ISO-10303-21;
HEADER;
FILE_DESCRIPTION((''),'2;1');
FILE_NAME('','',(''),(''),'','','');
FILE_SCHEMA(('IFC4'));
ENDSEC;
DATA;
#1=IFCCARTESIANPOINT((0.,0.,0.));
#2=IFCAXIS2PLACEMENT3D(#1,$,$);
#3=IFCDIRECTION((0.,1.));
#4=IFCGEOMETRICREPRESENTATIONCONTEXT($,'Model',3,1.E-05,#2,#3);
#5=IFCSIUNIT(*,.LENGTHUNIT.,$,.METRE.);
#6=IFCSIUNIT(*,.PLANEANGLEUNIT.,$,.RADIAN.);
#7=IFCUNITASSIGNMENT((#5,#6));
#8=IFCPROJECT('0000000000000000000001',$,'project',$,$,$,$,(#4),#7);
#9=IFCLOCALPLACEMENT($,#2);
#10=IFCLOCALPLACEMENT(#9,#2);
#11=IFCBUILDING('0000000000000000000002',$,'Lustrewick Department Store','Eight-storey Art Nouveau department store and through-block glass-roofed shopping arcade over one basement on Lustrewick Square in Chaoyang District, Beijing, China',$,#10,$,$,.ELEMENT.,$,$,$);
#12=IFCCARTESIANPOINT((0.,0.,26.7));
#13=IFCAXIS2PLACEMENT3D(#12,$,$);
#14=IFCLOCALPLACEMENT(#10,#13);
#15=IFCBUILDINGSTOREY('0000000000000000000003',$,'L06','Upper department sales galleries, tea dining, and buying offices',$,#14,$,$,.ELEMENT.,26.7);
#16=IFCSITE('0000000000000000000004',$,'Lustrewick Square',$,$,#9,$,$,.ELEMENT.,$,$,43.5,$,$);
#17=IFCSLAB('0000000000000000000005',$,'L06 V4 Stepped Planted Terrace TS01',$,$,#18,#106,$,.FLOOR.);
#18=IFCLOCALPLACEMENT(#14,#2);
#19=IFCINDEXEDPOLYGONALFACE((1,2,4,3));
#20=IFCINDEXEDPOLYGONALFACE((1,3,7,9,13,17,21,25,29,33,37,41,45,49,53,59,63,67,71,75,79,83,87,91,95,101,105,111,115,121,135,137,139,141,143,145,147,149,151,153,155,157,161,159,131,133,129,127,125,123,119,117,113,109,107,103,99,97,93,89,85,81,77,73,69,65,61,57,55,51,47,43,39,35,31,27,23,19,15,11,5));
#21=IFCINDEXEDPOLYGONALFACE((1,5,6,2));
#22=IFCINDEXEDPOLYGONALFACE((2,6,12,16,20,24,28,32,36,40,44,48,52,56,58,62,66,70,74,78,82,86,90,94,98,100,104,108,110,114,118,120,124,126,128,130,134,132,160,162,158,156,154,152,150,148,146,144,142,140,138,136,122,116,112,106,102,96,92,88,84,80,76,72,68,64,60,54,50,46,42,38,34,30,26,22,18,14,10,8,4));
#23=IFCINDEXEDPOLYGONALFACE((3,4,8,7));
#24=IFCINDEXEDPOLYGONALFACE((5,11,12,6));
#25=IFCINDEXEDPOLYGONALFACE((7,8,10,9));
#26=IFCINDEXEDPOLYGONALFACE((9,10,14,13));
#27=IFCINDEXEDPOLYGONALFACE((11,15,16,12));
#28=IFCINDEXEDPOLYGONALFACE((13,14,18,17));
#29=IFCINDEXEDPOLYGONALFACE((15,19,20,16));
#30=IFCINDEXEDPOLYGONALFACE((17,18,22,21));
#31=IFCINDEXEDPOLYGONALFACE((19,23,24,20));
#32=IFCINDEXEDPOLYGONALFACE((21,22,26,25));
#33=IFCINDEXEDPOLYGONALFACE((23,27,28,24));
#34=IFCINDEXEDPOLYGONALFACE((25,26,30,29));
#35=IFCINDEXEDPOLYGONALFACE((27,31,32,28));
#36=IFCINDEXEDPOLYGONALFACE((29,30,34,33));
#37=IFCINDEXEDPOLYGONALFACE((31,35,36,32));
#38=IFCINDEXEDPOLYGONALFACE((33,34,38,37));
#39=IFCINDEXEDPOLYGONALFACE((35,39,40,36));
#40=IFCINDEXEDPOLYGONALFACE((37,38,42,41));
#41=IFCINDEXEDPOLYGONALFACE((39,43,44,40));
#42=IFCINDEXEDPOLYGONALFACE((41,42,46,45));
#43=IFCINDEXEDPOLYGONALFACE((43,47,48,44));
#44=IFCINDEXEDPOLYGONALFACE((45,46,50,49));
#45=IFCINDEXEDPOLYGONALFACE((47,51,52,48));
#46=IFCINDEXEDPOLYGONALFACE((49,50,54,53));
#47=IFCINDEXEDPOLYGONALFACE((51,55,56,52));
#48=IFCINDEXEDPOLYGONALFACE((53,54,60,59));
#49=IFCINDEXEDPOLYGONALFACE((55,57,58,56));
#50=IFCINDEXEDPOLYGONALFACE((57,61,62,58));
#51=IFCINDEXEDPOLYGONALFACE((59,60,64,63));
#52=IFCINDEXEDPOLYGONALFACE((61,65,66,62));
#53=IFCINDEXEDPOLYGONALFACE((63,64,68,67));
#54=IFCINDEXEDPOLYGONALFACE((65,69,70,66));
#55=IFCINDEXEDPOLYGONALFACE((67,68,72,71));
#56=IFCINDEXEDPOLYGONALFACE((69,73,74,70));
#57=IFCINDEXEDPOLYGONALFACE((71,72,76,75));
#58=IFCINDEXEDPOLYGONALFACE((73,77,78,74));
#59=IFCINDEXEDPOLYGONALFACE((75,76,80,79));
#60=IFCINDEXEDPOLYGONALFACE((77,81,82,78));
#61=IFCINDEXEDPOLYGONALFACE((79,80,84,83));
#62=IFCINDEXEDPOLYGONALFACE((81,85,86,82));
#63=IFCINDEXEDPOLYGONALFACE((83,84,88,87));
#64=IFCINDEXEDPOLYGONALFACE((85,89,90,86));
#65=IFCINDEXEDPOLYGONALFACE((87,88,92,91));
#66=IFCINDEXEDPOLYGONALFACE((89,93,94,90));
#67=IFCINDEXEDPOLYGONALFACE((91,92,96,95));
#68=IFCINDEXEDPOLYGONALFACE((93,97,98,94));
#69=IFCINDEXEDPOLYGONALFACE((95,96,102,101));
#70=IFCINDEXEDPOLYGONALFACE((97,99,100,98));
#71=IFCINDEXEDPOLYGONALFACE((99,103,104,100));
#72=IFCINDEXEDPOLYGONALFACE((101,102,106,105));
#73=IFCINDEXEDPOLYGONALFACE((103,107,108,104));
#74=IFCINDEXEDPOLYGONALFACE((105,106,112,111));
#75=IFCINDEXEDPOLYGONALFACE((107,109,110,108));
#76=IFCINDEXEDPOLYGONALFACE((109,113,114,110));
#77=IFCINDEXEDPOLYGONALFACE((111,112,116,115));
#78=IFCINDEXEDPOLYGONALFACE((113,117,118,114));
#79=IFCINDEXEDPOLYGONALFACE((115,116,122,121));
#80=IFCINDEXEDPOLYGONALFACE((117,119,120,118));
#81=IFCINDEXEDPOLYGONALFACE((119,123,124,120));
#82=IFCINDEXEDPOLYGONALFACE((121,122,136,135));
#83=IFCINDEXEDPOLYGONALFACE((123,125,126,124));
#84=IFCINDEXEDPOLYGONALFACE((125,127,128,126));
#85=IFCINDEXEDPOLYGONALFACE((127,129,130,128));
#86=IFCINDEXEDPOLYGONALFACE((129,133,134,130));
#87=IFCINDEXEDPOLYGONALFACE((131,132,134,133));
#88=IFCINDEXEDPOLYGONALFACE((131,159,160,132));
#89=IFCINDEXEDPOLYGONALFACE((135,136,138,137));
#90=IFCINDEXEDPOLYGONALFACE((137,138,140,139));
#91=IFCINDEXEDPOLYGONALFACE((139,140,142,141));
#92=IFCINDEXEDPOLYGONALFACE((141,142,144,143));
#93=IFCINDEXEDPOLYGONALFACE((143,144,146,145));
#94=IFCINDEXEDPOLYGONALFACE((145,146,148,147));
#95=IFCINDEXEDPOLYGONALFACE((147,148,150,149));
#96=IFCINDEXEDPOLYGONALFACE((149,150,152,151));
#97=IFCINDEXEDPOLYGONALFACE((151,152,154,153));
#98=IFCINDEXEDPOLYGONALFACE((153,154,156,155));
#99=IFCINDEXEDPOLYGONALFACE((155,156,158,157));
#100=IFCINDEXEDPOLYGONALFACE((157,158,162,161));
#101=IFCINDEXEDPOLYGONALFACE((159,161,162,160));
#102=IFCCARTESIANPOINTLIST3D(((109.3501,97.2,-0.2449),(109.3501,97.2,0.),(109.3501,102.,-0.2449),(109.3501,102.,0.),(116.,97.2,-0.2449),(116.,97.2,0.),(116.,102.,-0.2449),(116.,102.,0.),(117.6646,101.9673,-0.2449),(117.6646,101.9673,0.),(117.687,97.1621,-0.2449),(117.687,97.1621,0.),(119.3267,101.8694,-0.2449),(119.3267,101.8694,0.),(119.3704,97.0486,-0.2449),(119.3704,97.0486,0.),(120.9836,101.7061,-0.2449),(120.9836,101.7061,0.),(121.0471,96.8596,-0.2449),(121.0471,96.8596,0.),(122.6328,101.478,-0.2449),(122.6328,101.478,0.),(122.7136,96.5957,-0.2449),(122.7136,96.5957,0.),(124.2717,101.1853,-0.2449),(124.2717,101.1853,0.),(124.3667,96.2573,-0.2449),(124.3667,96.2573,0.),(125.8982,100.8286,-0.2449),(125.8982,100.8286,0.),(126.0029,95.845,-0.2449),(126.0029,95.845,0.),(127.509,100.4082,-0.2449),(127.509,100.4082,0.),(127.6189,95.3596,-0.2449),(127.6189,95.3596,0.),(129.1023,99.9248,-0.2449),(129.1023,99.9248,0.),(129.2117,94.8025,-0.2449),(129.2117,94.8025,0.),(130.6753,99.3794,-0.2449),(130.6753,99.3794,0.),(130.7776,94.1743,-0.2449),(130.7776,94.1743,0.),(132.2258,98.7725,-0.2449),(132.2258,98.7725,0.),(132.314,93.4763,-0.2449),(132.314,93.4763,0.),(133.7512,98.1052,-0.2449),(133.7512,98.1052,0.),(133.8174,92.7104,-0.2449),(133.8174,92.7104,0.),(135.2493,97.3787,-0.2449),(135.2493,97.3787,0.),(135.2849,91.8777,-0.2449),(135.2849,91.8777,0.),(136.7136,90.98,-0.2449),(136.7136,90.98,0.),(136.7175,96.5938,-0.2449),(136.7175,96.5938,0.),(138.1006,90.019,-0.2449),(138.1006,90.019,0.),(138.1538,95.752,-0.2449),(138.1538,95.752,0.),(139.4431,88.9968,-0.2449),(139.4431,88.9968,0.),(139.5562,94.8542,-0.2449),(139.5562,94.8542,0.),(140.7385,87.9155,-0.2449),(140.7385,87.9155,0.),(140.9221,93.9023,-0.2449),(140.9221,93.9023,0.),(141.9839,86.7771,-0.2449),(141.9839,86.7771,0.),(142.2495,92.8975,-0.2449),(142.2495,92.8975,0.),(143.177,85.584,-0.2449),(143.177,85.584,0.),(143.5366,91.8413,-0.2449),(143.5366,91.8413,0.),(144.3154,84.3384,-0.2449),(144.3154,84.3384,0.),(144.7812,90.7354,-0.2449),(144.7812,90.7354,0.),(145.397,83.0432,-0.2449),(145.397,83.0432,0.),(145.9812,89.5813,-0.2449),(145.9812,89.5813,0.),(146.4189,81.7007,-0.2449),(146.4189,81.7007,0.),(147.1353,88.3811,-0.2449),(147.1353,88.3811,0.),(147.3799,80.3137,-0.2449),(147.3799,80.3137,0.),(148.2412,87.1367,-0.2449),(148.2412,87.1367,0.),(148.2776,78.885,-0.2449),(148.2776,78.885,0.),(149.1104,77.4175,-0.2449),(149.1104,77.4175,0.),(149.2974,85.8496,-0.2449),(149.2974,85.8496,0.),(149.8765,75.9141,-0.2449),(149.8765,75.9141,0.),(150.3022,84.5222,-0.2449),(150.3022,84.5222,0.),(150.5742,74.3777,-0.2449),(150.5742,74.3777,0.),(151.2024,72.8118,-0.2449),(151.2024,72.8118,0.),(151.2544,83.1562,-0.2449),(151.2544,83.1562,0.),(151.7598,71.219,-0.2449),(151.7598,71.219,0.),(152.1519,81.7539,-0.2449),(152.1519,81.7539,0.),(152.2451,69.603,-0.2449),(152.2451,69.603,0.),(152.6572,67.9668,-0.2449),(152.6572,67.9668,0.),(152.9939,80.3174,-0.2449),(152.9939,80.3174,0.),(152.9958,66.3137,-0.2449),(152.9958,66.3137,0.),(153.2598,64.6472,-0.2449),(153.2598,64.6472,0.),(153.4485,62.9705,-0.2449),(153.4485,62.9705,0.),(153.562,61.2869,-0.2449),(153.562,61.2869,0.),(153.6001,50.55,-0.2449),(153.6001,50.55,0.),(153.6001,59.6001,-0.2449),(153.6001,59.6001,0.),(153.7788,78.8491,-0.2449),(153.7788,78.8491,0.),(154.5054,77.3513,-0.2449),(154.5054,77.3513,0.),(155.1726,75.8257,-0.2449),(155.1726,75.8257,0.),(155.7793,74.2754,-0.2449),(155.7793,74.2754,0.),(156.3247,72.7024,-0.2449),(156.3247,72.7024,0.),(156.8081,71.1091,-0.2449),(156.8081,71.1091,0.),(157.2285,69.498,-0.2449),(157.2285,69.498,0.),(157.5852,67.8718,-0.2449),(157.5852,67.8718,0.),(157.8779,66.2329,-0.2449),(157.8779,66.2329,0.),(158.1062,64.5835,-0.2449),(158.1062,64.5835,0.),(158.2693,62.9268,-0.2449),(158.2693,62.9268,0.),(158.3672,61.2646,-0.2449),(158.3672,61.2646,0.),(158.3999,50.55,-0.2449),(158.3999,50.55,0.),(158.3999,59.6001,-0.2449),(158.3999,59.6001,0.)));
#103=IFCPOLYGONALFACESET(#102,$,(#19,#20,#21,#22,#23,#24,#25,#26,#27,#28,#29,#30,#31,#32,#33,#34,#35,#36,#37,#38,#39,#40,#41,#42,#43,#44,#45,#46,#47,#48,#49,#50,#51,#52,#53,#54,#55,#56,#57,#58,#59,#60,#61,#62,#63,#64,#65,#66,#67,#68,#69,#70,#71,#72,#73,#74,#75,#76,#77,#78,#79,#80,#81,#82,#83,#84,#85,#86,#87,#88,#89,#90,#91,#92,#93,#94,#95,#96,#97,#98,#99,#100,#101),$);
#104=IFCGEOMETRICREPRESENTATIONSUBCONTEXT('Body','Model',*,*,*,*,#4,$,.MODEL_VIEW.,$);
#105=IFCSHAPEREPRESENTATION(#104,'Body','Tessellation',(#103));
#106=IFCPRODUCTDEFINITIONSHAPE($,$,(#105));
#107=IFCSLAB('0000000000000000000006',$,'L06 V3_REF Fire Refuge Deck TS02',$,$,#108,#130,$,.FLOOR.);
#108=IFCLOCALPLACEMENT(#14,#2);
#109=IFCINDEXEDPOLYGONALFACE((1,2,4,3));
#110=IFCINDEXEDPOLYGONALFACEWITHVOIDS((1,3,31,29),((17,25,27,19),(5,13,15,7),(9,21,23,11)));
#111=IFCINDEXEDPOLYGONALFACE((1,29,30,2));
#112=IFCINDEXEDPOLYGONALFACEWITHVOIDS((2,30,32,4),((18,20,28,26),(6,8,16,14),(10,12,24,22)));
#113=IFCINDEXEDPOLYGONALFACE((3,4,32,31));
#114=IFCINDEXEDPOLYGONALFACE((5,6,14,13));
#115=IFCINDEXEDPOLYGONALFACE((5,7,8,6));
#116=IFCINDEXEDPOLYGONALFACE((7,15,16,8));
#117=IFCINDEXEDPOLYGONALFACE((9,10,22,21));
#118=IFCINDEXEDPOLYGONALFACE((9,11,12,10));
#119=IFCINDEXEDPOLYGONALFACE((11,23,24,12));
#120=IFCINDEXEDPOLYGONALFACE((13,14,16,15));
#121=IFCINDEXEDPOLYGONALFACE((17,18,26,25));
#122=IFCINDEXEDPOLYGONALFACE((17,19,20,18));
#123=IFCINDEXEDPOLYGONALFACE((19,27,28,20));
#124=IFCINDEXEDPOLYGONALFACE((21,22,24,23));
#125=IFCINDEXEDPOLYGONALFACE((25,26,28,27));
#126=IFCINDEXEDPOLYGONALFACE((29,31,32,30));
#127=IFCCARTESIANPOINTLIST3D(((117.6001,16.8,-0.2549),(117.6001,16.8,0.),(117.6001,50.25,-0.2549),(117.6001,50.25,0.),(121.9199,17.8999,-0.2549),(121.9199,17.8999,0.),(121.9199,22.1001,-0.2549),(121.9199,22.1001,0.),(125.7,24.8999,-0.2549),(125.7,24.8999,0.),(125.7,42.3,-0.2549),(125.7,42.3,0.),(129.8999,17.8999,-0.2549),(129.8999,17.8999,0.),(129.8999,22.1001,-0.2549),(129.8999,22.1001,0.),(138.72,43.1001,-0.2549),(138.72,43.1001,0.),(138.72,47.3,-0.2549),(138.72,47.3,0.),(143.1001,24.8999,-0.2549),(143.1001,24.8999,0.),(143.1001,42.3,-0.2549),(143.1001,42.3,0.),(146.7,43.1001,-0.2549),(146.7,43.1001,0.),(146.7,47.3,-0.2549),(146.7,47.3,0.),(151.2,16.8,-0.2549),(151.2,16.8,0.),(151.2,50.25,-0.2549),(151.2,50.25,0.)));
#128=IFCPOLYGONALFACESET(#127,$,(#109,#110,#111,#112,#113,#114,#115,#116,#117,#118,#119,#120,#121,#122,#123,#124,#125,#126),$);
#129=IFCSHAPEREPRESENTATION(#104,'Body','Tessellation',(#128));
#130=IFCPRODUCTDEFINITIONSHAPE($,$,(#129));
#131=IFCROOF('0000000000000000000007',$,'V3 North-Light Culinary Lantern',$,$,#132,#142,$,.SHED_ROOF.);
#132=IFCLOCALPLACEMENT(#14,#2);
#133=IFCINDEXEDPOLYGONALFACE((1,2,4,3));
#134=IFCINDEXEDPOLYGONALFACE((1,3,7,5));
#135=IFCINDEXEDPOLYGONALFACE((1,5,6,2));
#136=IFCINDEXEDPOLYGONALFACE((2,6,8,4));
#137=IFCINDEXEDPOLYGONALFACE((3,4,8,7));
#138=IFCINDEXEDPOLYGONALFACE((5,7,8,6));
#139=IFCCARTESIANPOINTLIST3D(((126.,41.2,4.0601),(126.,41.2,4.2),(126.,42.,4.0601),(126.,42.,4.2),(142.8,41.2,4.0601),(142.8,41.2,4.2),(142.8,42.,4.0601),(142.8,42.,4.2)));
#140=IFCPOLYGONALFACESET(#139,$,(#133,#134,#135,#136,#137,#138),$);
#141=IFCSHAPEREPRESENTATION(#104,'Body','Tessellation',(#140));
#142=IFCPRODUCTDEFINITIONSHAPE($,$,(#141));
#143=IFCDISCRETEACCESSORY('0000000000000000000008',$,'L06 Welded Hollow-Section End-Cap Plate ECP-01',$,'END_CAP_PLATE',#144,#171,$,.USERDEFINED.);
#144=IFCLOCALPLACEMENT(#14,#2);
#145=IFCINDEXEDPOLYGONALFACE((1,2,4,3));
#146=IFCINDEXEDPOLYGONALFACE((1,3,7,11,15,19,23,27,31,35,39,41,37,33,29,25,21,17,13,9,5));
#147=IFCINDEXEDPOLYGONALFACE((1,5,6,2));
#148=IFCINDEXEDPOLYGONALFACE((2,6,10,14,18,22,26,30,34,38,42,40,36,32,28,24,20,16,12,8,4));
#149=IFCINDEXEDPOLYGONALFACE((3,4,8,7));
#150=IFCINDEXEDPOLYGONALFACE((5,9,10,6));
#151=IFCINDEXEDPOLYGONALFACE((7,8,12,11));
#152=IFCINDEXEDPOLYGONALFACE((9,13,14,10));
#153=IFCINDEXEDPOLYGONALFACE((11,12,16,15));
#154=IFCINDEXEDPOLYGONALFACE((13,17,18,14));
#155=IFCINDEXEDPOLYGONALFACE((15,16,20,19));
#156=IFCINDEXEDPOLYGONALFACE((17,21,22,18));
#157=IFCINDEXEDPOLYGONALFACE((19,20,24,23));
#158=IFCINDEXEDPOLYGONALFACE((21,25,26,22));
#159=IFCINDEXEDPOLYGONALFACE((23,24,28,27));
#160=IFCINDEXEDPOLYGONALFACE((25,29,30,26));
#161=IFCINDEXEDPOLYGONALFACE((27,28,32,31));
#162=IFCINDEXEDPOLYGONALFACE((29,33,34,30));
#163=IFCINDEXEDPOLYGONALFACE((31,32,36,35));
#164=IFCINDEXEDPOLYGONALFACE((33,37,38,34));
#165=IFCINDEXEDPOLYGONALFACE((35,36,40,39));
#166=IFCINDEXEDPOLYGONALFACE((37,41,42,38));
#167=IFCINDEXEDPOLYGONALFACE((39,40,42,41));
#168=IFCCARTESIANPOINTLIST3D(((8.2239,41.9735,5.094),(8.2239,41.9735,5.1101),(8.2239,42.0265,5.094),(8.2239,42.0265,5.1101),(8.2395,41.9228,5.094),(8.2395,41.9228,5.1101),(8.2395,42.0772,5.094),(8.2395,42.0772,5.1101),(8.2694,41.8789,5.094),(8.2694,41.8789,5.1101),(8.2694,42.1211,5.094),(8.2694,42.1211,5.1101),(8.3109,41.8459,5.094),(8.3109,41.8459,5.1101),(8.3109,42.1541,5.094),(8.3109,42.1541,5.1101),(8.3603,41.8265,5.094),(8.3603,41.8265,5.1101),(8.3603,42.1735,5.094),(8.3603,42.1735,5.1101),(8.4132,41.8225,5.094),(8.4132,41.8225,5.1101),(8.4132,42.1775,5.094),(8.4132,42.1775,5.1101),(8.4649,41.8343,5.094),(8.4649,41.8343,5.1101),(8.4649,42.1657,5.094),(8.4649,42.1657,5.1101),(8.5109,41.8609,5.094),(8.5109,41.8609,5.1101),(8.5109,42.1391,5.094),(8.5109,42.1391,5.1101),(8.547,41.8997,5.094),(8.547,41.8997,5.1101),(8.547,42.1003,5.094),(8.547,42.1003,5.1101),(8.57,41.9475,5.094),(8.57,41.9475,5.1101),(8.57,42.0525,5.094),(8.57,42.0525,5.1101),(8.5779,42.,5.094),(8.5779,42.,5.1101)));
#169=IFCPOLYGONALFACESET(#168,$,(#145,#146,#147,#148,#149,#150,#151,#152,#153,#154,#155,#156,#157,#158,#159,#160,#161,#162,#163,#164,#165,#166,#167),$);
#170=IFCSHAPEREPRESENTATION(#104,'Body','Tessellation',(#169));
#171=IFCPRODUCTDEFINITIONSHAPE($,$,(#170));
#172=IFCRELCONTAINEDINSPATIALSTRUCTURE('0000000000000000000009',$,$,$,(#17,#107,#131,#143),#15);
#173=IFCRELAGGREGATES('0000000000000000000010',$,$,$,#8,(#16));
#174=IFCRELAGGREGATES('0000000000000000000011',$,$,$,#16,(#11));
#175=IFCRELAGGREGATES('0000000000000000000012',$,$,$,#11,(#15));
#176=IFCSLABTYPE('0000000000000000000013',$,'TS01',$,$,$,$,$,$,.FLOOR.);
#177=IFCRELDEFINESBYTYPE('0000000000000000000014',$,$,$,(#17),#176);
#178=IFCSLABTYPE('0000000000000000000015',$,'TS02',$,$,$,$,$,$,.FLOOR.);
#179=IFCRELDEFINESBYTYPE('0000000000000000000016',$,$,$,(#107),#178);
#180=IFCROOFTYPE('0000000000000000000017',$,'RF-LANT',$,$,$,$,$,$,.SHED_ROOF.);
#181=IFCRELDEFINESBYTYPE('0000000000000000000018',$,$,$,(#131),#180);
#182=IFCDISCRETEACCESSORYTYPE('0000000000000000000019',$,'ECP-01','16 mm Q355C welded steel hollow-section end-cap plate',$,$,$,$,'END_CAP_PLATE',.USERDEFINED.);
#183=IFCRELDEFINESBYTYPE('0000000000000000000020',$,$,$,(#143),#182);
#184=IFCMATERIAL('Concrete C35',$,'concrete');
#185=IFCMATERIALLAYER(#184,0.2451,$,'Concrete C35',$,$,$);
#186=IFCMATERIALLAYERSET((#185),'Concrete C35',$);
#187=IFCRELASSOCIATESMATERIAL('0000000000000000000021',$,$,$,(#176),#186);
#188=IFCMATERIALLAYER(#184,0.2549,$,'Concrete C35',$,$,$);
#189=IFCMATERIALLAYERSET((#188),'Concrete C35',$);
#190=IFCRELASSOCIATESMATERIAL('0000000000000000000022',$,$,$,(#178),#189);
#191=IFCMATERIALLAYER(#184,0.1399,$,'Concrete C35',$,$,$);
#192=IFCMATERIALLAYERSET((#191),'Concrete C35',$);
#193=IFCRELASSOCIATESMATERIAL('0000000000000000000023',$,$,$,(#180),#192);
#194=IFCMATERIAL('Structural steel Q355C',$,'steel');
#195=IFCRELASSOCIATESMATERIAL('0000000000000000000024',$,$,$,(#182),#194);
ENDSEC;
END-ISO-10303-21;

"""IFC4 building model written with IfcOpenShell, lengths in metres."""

from ifc_helpers import new_model, si_unit, direction, frame, origin, origin_2d, place, context, subcontext, project, spatial, polyline, circle, outline, extrude, material, layer, layer_set, type_object, element, save


model = new_model("IFC4")

# Units and contexts
model_context = context("Model", 3, precision=1e-05, world=origin(), true_north=direction((0.0, 1.0)))
body_context = subcontext(model_context, "Body", "Model", "MODEL_VIEW")
ifc_project = project(units=[si_unit("LENGTHUNIT", "METRE"), si_unit("PLANEANGLEUNIT", "RADIAN")], contexts=[model_context])

# Site, building, storey
site_placement = place(None, origin())
site = spatial("IfcSite", under=ifc_project, at=site_placement, Name="Lustrewick Square", CompositionType="ELEMENT", RefElevation=43.5)
building_placement = place(site_placement, origin())
building = spatial("IfcBuilding", under=site, at=building_placement, Name="Lustrewick Department Store", Description="Eight-storey Art Nouveau department store and through-block glass-roofed shopping arcade over one basement on Lustrewick Square in Chaoyang District, Beijing, China", CompositionType="ELEMENT")
storey_placement = place(building_placement, frame((0.0, 0.0, 26.7)))
storey = spatial("IfcBuildingStorey", under=building, at=storey_placement, Name="L06", Description="Upper department sales galleries, tea dining, and buying offices", CompositionType="ELEMENT", Elevation=26.7)

# Slabs
ifc_material_1 = material(Name="Concrete C35", Category="concrete")
ifc_layer_1 = layer(ifc_material_1, 0.2451, Name="Concrete C35")
ifc_layer_set_1 = layer_set([ifc_layer_1], Name="Concrete C35")
slab_type_1 = type_object("IfcSlabType", Name="TS01", PredefinedType="FLOOR", material=ifc_layer_set_1)
slab_1_placement = place(storey_placement, frame((0.0, 0.0, -0.2449)))
element("IfcSlab", 1, at=slab_1_placement, inside=storey, type_object=slab_type_1, Name="L06 V4 Stepped Planted Terrace TS01", PredefinedType="FLOOR", context=body_context, shape_type="SweptSolid", body=[
    extrude(outline(polyline([(109.3501, 102.0), (109.3501, 97.2), (116.0, 97.2), (117.687, 97.1621), (119.3704, 97.0486), (121.0471, 96.8596), (122.7136, 96.5957), (124.3667, 96.2573), (126.0029, 95.845), (127.6189, 95.3596), (129.2117, 94.8025), (130.7776, 94.1743), (132.314, 93.4763), (133.8174, 92.7104), (135.2849, 91.8777), (136.7136, 90.98), (138.1006, 90.019), (139.4431, 88.9968), (140.7385, 87.9155), (141.9839, 86.7771), (143.177, 85.584), (144.3154, 84.3384), (145.397, 83.0432), (146.4189, 81.7007), (147.3799, 80.3137), (148.2776, 78.885), (149.1104, 77.4175), (149.8765, 75.9141), (150.5742, 74.3777), (151.2024, 72.8118), (151.7598, 71.219), (152.2451, 69.603), (152.6572, 67.9668), (152.9958, 66.3137), (153.2598, 64.6472), (153.4485, 62.9705), (153.562, 61.2869), (153.6001, 59.6001), (153.6001, 50.55), (158.3999, 50.55), (158.3999, 59.6001), (158.3672, 61.2646), (158.2693, 62.9268), (158.1062, 64.5835), (157.8779, 66.2329), (157.5852, 67.8718), (157.2285, 69.498), (156.8081, 71.1091), (156.3247, 72.7024), (155.7793, 74.2754), (155.1726, 75.8257), (154.5054, 77.3513), (153.7788, 78.8491), (152.9939, 80.3174), (152.1519, 81.7539), (151.2544, 83.1562), (150.3022, 84.5222), (149.2974, 85.8496), (148.2412, 87.1367), (147.1353, 88.3811), (145.9812, 89.5813), (144.7812, 90.7354), (143.5366, 91.8413), (142.2495, 92.8975), (140.9221, 93.9023), (139.5562, 94.8542), (138.1538, 95.752), (136.7175, 96.5938), (135.2493, 97.3787), (133.7512, 98.1052), (132.2258, 98.7725), (130.6753, 99.3794), (129.1023, 99.9248), (127.509, 100.4082), (125.8982, 100.8286), (124.2717, 101.1853), (122.6328, 101.478), (120.9836, 101.7061), (119.3267, 101.8694), (117.6646, 101.9673), (116.0, 102.0), (109.3501, 102.0)])), origin(), (0.0, 0.0, 1.0), 0.2449),
])
ifc_layer_2 = layer(ifc_material_1, 0.2549, Name="Concrete C35")
ifc_layer_set_2 = layer_set([ifc_layer_2], Name="Concrete C35")
slab_type_2 = type_object("IfcSlabType", Name="TS02", PredefinedType="FLOOR", material=ifc_layer_set_2)
slab_2_placement = place(storey_placement, frame((0.0, 0.0, -0.2549)))
element("IfcSlab", 2, at=slab_2_placement, inside=storey, type_object=slab_type_2, Name="L06 V3_REF Fire Refuge Deck TS02", PredefinedType="FLOOR", context=body_context, shape_type="SweptSolid", body=[
    extrude(outline(polyline([(117.6001, 16.8), (151.2, 16.8), (151.2, 50.25), (117.6001, 50.25), (117.6001, 16.8)]), holes=[polyline([(143.1001, 42.3), (143.1001, 24.8999), (125.7, 24.8999), (125.7, 42.3), (143.1001, 42.3)]), polyline([(129.8999, 17.8999), (121.9199, 17.8999), (121.9199, 22.1001), (129.8999, 22.1001), (129.8999, 17.8999)]), polyline([(146.7, 43.1001), (138.72, 43.1001), (138.72, 47.3), (146.7, 47.3), (146.7, 43.1001)])]), origin(), (0.0, 0.0, 1.0), 0.2549),
])

# Roof
ifc_layer_3 = layer(ifc_material_1, 0.1399, Name="Concrete C35")
ifc_layer_set_3 = layer_set([ifc_layer_3], Name="Concrete C35")
roof_type = type_object("IfcRoofType", Name="RF-LANT", PredefinedType="SHED_ROOF", material=ifc_layer_set_3)
roof_placement = place(storey_placement, frame((0.0, 0.0, 4.0601)))
element("IfcRoof", 3, at=roof_placement, inside=storey, type_object=roof_type, Name="V3 North-Light Culinary Lantern", PredefinedType="SHED_ROOF", context=body_context, shape_type="SweptSolid", body=[
    extrude(outline(polyline([(142.8, 41.2), (142.8, 42.0), (126.0, 42.0), (126.0, 41.2), (142.8, 41.2)])), origin(), (0.0, 0.0, 1.0), 0.1399),
])

# Discrete accessory
ifc_material_2 = material(Name="Structural steel Q355C", Category="steel")
discrete_accessory_type = type_object("IfcDiscreteAccessoryType", Name="ECP-01", Description="16 mm Q355C welded steel hollow-section end-cap plate", ElementType="END_CAP_PLATE", PredefinedType="USERDEFINED", material=ifc_material_2)
discrete_accessory_placement = place(storey_placement, frame((8.3999, 42.0, 5.094), z_axis=(0.0, 0.0, 1.0), x_axis=(1.0, 0.0, 0.0)))
element("IfcDiscreteAccessory", 4, at=discrete_accessory_placement, inside=storey, type_object=discrete_accessory_type, Name="L06 Welded Hollow-Section End-Cap Plate ECP-01", ObjectType="END_CAP_PLATE", PredefinedType="USERDEFINED", context=body_context, shape_type="SweptSolid", body=[
    extrude(circle(Radius=0.178, at=origin_2d()), origin(), (0.0, 0.0, 1.0), 0.0161),
])

save(model, "model.ifc")
